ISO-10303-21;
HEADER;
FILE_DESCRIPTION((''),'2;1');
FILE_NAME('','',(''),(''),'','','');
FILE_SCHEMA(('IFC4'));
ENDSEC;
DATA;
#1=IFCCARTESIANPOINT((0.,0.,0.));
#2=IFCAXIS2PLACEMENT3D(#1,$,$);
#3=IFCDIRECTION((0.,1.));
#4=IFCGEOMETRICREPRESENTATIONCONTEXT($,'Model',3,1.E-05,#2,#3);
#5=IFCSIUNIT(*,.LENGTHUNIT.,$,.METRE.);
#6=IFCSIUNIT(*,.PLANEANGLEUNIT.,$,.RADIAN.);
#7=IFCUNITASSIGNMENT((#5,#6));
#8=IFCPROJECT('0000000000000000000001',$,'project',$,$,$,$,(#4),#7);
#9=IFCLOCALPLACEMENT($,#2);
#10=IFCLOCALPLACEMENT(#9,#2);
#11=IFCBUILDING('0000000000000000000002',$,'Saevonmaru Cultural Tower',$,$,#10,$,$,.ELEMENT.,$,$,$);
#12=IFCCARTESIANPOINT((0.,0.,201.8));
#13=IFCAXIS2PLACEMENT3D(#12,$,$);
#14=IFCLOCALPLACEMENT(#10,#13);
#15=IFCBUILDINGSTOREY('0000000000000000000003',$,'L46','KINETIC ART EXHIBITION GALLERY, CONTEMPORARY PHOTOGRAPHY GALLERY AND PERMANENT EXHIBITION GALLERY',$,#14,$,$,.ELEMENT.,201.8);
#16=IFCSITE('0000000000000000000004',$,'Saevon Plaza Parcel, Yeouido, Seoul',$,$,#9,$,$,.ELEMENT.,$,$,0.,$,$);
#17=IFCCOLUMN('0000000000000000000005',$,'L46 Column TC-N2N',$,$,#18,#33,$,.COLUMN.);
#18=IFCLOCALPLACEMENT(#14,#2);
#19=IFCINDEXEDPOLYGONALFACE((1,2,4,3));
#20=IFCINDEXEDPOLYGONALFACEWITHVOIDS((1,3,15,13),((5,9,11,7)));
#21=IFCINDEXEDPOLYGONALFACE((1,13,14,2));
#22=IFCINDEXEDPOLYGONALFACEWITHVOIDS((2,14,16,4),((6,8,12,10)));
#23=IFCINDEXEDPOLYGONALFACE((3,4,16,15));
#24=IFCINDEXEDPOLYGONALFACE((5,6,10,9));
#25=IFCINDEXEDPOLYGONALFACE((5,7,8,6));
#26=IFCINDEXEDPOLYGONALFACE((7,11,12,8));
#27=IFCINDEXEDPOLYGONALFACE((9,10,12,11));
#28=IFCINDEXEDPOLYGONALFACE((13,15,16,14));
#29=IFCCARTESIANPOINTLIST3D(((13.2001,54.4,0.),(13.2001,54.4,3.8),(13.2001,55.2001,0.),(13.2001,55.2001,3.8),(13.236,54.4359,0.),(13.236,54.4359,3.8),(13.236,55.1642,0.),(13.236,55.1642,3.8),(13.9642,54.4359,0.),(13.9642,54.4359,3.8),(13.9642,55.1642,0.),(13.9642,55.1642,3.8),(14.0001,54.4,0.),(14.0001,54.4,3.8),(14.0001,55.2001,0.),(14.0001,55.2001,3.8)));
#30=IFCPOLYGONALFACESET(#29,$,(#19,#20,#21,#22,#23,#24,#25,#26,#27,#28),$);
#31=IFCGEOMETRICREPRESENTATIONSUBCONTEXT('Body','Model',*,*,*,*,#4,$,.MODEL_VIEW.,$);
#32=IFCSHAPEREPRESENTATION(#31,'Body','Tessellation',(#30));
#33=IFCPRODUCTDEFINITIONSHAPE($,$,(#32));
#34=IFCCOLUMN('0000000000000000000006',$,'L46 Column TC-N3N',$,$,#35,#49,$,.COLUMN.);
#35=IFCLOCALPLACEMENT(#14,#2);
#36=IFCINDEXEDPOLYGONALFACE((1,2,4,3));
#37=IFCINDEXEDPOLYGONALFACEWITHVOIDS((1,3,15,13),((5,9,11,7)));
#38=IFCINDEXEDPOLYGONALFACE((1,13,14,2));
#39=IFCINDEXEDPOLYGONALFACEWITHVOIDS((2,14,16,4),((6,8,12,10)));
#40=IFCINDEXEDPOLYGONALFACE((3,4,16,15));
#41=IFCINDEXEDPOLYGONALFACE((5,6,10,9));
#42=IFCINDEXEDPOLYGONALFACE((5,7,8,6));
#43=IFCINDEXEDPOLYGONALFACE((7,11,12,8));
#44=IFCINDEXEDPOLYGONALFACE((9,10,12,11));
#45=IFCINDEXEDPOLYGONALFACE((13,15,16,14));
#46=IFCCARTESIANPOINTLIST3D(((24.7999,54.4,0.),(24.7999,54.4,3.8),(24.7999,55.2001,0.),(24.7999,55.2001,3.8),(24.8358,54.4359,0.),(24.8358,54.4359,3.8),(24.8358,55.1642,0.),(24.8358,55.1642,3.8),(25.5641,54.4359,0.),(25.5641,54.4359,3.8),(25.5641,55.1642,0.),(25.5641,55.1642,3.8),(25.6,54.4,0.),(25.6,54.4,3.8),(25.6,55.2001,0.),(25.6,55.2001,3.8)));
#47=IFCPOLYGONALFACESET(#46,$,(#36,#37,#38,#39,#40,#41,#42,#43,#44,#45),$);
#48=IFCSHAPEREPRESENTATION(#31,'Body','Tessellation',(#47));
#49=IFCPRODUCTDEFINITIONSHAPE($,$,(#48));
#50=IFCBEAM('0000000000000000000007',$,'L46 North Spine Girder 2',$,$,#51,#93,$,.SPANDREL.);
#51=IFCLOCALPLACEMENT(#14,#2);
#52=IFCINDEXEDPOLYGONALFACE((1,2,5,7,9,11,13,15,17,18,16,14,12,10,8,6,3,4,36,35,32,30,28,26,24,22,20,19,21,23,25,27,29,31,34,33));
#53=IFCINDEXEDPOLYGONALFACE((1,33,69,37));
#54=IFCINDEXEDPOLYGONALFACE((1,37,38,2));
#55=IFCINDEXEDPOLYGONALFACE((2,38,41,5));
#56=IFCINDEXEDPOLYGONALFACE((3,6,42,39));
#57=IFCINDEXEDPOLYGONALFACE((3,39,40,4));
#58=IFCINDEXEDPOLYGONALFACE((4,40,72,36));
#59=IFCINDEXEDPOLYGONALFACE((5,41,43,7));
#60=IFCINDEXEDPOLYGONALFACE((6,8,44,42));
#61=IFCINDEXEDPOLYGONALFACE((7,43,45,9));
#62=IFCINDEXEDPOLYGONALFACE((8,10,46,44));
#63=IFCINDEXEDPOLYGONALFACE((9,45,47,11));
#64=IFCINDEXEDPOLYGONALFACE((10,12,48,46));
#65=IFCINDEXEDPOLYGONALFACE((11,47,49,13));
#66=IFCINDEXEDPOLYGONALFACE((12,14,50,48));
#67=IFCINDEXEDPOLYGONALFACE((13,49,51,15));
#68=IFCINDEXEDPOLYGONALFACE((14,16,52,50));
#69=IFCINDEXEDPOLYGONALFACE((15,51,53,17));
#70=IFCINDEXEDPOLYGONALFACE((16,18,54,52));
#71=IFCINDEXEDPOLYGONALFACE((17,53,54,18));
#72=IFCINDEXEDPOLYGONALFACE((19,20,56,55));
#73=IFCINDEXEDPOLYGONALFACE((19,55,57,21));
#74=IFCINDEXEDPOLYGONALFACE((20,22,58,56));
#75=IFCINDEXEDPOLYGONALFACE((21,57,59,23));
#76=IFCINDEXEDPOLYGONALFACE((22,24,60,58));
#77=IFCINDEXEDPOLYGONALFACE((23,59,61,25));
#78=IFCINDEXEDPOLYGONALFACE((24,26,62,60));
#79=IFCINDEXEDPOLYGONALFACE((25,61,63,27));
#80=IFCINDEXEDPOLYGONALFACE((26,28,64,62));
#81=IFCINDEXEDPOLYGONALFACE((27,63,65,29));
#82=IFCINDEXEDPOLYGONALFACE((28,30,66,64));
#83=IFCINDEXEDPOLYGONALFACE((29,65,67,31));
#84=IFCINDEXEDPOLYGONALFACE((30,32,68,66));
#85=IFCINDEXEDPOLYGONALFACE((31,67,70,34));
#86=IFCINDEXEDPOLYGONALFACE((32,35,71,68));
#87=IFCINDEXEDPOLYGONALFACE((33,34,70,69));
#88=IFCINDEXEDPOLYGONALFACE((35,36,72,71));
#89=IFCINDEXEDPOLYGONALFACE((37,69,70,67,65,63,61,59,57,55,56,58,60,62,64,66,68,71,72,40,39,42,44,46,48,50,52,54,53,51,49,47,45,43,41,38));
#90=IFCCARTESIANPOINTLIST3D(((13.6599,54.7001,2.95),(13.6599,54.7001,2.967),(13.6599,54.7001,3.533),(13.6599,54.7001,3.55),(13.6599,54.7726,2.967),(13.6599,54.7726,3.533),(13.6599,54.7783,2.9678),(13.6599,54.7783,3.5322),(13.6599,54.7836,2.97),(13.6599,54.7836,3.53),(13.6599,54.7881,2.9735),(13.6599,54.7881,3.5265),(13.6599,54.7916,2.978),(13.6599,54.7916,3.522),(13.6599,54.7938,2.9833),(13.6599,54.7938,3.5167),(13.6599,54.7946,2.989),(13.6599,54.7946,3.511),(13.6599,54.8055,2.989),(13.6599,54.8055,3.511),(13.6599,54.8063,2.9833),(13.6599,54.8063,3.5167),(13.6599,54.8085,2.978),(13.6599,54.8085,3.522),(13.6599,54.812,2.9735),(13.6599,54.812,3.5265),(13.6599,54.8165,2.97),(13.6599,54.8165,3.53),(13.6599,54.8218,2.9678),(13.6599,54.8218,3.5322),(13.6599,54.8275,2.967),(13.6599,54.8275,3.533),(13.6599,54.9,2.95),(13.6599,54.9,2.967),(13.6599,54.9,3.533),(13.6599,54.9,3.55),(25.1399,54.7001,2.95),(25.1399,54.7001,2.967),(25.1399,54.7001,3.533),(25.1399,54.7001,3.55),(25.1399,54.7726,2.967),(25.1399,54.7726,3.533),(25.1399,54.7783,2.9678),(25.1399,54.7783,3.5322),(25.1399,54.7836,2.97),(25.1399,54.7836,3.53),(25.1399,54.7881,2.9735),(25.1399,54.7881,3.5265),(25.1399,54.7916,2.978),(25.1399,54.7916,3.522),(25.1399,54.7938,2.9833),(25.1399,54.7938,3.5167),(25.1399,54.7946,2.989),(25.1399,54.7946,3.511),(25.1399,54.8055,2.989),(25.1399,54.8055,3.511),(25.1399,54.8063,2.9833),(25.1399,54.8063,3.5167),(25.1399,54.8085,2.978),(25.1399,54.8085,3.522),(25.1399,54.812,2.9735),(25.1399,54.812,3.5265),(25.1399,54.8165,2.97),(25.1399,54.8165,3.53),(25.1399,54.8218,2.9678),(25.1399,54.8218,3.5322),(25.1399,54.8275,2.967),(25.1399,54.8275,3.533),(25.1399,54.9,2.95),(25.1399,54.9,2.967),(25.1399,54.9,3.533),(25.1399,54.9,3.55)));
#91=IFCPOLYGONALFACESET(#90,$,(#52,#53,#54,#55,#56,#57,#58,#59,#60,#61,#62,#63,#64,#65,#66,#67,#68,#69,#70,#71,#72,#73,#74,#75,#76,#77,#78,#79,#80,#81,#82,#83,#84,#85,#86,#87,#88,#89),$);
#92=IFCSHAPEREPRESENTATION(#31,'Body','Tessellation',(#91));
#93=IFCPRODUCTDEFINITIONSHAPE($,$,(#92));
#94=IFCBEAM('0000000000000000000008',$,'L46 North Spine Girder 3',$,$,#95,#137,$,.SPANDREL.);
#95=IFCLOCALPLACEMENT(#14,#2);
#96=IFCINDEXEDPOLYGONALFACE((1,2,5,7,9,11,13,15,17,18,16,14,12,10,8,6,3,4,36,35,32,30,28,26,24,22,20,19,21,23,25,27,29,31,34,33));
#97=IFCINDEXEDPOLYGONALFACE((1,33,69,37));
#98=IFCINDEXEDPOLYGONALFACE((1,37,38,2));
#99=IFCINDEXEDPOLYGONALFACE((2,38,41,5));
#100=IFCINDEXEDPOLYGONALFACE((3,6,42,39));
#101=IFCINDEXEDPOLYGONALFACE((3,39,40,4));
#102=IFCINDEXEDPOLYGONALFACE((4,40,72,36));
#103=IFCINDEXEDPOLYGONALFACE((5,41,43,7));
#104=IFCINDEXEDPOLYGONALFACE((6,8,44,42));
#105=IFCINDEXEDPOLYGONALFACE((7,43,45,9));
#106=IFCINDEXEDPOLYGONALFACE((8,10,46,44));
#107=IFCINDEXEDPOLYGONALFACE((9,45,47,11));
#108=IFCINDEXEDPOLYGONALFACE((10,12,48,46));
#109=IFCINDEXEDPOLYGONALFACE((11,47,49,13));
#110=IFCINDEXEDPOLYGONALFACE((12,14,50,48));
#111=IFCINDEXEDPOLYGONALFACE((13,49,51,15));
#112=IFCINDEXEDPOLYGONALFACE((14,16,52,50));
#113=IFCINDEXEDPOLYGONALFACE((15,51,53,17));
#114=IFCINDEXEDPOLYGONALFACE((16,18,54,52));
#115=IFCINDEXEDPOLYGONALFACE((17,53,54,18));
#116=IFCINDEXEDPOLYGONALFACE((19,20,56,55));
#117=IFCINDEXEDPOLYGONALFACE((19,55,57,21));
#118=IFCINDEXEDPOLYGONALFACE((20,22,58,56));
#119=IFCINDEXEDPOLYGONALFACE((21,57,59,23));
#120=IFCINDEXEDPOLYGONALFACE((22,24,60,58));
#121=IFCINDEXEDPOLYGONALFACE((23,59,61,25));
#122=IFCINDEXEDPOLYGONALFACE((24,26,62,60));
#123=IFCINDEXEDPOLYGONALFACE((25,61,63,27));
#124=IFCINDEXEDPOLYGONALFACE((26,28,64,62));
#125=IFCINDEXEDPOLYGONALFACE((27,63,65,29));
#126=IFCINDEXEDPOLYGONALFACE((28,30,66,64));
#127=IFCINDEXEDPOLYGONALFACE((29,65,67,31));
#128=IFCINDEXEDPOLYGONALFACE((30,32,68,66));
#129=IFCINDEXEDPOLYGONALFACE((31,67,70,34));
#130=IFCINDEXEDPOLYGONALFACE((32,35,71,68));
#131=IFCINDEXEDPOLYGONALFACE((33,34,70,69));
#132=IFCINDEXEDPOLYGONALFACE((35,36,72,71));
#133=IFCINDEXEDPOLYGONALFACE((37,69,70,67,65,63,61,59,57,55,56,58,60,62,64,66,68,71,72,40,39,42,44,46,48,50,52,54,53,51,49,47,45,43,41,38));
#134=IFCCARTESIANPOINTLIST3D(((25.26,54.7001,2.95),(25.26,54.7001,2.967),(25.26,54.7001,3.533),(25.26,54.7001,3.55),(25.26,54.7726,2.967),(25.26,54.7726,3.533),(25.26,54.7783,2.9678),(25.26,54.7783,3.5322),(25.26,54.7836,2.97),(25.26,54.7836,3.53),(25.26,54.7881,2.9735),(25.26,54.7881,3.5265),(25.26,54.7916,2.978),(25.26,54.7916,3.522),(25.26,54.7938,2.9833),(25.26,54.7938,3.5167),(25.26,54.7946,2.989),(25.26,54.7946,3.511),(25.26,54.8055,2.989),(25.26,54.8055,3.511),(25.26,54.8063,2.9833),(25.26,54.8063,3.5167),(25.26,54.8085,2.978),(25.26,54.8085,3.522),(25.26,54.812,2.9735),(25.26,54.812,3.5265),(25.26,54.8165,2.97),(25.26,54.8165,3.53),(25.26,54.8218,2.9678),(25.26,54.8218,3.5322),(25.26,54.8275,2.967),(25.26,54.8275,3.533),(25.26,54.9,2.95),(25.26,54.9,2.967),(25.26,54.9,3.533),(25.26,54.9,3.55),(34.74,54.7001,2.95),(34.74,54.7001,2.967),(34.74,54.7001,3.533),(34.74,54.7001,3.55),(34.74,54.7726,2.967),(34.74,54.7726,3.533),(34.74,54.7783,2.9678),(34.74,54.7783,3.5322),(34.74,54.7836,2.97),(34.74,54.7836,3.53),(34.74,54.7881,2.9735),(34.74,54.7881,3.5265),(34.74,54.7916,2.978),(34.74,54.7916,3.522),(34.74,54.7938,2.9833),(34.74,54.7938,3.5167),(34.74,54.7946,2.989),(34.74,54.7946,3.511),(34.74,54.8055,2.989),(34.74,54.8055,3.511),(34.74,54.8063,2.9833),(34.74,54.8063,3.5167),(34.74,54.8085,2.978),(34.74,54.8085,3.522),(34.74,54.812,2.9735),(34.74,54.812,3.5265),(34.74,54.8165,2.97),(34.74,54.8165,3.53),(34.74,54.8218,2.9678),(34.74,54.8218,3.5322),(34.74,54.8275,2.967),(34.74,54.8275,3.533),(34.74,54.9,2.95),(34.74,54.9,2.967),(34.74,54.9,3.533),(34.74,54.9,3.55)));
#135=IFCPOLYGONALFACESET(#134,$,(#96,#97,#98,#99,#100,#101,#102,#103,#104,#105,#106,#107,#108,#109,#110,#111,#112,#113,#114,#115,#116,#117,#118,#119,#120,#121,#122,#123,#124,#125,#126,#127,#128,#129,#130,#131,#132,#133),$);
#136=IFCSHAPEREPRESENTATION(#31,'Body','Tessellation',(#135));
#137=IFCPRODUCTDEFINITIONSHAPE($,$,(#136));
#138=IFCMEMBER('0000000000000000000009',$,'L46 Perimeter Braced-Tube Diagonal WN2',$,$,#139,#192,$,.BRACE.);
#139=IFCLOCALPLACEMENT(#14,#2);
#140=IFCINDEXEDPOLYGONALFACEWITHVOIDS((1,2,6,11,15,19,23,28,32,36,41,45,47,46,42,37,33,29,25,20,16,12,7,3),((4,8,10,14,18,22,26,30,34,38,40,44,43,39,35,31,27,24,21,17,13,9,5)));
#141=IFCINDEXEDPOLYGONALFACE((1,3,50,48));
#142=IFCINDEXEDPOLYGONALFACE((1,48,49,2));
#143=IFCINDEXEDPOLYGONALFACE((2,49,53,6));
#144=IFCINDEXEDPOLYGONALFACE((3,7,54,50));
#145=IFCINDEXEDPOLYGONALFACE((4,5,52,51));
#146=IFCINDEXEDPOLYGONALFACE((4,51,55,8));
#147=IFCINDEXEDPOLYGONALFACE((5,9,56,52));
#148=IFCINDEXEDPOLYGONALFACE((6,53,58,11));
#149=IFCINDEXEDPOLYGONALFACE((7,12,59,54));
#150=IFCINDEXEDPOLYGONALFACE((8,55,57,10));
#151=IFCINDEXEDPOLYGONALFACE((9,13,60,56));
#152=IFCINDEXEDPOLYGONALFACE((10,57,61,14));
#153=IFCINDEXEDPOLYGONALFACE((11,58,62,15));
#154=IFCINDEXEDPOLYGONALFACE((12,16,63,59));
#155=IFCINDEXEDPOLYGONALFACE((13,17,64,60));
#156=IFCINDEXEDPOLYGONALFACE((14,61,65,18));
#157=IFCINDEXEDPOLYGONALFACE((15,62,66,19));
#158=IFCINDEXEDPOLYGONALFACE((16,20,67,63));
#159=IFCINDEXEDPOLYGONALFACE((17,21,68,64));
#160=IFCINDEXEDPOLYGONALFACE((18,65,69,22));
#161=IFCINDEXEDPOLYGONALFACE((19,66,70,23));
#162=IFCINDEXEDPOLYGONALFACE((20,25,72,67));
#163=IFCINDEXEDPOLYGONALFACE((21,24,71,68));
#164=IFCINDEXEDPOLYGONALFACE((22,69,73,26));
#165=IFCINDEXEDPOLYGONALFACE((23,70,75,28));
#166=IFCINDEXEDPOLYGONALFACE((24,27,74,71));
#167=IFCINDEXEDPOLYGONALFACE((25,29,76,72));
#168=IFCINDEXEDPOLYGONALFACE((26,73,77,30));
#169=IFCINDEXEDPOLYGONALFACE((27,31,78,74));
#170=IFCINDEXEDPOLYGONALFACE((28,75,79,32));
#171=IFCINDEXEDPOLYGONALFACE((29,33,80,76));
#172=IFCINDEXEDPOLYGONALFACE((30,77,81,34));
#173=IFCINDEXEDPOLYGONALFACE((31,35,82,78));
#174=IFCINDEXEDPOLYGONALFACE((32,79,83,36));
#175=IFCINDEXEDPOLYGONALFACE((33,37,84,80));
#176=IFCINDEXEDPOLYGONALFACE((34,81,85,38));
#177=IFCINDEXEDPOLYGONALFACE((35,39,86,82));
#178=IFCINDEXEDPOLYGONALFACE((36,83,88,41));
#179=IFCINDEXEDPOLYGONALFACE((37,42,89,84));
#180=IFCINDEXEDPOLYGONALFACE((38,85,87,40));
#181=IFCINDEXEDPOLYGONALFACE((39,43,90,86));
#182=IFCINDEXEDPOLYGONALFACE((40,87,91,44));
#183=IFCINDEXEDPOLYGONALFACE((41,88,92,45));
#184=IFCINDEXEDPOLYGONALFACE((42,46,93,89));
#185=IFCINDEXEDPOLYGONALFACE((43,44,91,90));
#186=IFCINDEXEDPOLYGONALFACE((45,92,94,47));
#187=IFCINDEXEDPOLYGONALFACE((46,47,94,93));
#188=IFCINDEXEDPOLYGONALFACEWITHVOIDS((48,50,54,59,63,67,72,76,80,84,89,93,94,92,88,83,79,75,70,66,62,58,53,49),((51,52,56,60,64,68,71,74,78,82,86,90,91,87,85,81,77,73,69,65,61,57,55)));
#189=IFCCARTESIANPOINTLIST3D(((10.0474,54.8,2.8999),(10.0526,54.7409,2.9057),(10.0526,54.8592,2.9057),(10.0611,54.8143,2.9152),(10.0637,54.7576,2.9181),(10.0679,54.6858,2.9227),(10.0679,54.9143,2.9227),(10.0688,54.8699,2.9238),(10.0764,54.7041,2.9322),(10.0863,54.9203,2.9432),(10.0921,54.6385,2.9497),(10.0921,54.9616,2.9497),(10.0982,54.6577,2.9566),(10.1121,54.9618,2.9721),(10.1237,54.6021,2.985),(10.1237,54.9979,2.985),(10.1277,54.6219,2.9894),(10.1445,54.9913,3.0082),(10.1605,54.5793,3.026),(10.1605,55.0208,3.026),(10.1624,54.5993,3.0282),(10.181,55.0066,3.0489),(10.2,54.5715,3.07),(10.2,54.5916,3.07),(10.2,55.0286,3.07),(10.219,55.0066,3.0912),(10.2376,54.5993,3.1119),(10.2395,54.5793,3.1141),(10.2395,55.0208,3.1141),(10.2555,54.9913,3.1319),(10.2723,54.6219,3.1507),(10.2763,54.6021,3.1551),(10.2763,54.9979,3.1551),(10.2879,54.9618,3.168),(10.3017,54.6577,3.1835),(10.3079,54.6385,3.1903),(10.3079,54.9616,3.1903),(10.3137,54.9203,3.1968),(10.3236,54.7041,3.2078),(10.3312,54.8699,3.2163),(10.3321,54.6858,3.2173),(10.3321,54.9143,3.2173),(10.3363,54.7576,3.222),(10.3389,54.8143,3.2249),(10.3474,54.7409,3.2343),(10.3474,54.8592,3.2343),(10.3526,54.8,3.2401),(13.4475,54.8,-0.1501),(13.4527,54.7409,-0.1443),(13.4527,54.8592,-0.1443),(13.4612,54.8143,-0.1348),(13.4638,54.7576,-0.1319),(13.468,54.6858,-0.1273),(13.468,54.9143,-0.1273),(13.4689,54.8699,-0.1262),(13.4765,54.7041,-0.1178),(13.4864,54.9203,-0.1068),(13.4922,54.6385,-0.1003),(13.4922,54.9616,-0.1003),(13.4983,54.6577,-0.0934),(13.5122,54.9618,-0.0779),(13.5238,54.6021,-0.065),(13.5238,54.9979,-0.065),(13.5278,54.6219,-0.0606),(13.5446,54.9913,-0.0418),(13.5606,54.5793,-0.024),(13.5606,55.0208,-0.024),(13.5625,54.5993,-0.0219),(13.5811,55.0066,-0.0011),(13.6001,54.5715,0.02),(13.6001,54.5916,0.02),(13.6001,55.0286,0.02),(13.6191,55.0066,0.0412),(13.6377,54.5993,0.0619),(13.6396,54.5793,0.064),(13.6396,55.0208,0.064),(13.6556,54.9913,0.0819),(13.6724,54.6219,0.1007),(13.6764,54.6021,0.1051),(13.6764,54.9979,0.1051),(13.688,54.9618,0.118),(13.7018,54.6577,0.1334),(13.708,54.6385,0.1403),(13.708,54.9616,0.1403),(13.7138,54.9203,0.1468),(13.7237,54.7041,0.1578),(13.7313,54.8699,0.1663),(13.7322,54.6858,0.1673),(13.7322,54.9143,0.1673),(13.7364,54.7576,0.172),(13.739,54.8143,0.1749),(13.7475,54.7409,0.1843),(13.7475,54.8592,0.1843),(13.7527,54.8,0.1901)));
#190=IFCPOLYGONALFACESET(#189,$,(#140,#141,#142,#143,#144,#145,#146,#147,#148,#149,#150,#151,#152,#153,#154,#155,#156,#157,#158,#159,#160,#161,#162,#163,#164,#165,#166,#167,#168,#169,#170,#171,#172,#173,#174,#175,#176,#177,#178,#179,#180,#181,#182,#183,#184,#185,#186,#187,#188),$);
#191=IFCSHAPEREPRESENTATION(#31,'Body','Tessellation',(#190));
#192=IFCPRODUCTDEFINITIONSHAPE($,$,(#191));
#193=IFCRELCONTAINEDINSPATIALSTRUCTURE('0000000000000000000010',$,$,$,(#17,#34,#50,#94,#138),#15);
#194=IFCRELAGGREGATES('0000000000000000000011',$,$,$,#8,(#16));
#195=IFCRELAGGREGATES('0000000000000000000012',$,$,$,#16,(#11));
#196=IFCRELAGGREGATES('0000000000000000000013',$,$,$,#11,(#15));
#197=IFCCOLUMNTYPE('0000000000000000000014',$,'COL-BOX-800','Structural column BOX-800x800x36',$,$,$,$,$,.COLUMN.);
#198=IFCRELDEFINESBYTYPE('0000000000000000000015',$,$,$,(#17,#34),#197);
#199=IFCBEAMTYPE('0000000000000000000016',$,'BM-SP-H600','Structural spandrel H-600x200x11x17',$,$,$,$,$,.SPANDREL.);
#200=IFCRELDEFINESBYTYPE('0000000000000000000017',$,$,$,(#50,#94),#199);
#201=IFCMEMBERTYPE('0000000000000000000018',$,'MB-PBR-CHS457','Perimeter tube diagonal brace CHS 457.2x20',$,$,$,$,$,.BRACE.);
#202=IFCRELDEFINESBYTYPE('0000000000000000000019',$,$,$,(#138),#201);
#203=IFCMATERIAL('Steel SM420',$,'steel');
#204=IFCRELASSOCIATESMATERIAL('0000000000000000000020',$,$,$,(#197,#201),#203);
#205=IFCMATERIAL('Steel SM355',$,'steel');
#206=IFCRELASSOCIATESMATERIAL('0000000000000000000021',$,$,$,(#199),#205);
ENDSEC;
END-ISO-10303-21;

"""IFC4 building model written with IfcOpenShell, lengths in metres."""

from ifc_helpers import new_model, si_unit, direction, frame, origin, origin_2d, place, context, subcontext, project, spatial, hollow_rectangle, hollow_circle, i_section, extrude, material, material_profile, profile_set, type_object, element, save


model = new_model("IFC4")

# Units and contexts
model_context = context("Model", 3, precision=1e-05, world=origin(), true_north=direction((0.0, 1.0)))
body_context = subcontext(model_context, "Body", "Model", "MODEL_VIEW")
ifc_project = project(units=[si_unit("LENGTHUNIT", "METRE"), si_unit("PLANEANGLEUNIT", "RADIAN")], contexts=[model_context])

# Site, building, storey
site_placement = place(None, origin())
site = spatial("IfcSite", under=ifc_project, at=site_placement, Name="Saevon Plaza Parcel, Yeouido, Seoul", CompositionType="ELEMENT", RefElevation=0.0)
building_placement = place(site_placement, origin())
building = spatial("IfcBuilding", under=site, at=building_placement, Name="Saevonmaru Cultural Tower", CompositionType="ELEMENT")
storey_placement = place(building_placement, frame((0.0, 0.0, 201.8)))
storey = spatial("IfcBuildingStorey", under=building, at=storey_placement, Name="L46", Description="KINETIC ART EXHIBITION GALLERY, CONTEMPORARY PHOTOGRAPHY GALLERY AND PERMANENT EXHIBITION GALLERY", CompositionType="ELEMENT", Elevation=201.8)

# Columns
ifc_material_1 = material(Name="Steel SM420", Category="steel")
ifc_material_profile_1 = material_profile(ifc_material_1, hollow_rectangle(XDim=0.8, YDim=0.8, WallThickness=0.0359, at=origin_2d()), Name="BOX-800x800x36")
ifc_profile_set_1 = profile_set([ifc_material_profile_1], Name="Steel SM420")
column_type = type_object("IfcColumnType", Name="COL-BOX-800", Description="Structural column BOX-800x800x36", PredefinedType="COLUMN", material=ifc_profile_set_1)
for number, where, z_axis, x_axis, name in (
    (1, (13.6001, 54.8, 0.0), (0.0, 0.0, 1.0), (1.0, 0.0, 0.0), "L46 Column TC-N2N"),
    (2, (25.2, 54.8, 0.0), (0.0, 0.0, 1.0), (1.0, 0.0, 0.0), "L46 Column TC-N3N"),
):
    element("IfcColumn", number, at=place(storey_placement, frame(where, z_axis=z_axis, x_axis=x_axis)), inside=storey, type_object=column_type, Name=name, PredefinedType="COLUMN", context=body_context, shape_type="SweptSolid", body=[
        extrude(hollow_rectangle(XDim=0.8, YDim=0.8, WallThickness=0.0359, at=origin_2d()), origin(), (0.0, 0.0, 1.0), 3.8),
    ])

# Beams
ifc_material_2 = material(Name="Steel SM355", Category="steel")
ifc_material_profile_2 = material_profile(ifc_material_2, i_section(OverallWidth=0.2, OverallDepth=0.6001, WebThickness=0.011, FlangeThickness=0.0171, FilletRadius=0.022, at=origin_2d()), Name="H-600x200x11x17")
ifc_profile_set_2 = profile_set([ifc_material_profile_2], Name="Steel SM355")
beam_type = type_object("IfcBeamType", Name="BM-SP-H600", Description="Structural spandrel H-600x200x11x17", PredefinedType="SPANDREL", material=ifc_profile_set_2)
beam_1_placement = place(storey_placement, frame((13.6599, 54.8, 3.25), z_axis=(1.0, 0.0, 0.0), x_axis=(0.0, 1.0, 0.0)))
element("IfcBeam", 3, at=beam_1_placement, inside=storey, type_object=beam_type, Name="L46 North Spine Girder 2", PredefinedType="SPANDREL", context=body_context, shape_type="SweptSolid", body=[
    extrude(i_section(OverallWidth=0.2, OverallDepth=0.6001, WebThickness=0.011, FlangeThickness=0.0171, FilletRadius=0.022, at=origin_2d()), origin(), (0.0, 0.0, 1.0), 11.48),
])
beam_2_placement = place(storey_placement, frame((25.26, 54.8, 3.25), z_axis=(1.0, 0.0, 0.0), x_axis=(0.0, 1.0, 0.0)))
element("IfcBeam", 4, at=beam_2_placement, inside=storey, type_object=beam_type, Name="L46 North Spine Girder 3", PredefinedType="SPANDREL", context=body_context, shape_type="SweptSolid", body=[
    extrude(i_section(OverallWidth=0.2, OverallDepth=0.6001, WebThickness=0.011, FlangeThickness=0.0171, FilletRadius=0.022, at=origin_2d()), origin(), (0.0, 0.0, 1.0), 9.48),
])

# Member
ifc_material_profile_3 = material_profile(ifc_material_1, hollow_circle(Radius=0.2285, WallThickness=0.02, at=origin_2d()), Name="CHS-457.2x20")
ifc_profile_set_3 = profile_set([ifc_material_profile_3], Name="Steel SM420")
member_type_1 = type_object("IfcMemberType", Name="MB-PBR-CHS457", Description="Perimeter tube diagonal brace CHS 457.2x20", PredefinedType="BRACE", material=ifc_profile_set_3)
member_1_placement = place(storey_placement, frame((13.6001, 54.8, 0.02), z_axis=(-0.744391, 0.0, 0.667744), x_axis=(0.0, -1.0, 0.0)))
element("IfcMember", 5, at=member_1_placement, inside=storey, type_object=member_type_1, Name="L46 Perimeter Braced-Tube Diagonal WN2", PredefinedType="BRACE", context=body_context, shape_type="SweptSolid", body=[
    extrude(hollow_circle(Radius=0.2285, WallThickness=0.02, at=origin_2d()), origin(), (0.0, 0.0, 1.0), 4.5676),
])

save(model, "model.ifc")
